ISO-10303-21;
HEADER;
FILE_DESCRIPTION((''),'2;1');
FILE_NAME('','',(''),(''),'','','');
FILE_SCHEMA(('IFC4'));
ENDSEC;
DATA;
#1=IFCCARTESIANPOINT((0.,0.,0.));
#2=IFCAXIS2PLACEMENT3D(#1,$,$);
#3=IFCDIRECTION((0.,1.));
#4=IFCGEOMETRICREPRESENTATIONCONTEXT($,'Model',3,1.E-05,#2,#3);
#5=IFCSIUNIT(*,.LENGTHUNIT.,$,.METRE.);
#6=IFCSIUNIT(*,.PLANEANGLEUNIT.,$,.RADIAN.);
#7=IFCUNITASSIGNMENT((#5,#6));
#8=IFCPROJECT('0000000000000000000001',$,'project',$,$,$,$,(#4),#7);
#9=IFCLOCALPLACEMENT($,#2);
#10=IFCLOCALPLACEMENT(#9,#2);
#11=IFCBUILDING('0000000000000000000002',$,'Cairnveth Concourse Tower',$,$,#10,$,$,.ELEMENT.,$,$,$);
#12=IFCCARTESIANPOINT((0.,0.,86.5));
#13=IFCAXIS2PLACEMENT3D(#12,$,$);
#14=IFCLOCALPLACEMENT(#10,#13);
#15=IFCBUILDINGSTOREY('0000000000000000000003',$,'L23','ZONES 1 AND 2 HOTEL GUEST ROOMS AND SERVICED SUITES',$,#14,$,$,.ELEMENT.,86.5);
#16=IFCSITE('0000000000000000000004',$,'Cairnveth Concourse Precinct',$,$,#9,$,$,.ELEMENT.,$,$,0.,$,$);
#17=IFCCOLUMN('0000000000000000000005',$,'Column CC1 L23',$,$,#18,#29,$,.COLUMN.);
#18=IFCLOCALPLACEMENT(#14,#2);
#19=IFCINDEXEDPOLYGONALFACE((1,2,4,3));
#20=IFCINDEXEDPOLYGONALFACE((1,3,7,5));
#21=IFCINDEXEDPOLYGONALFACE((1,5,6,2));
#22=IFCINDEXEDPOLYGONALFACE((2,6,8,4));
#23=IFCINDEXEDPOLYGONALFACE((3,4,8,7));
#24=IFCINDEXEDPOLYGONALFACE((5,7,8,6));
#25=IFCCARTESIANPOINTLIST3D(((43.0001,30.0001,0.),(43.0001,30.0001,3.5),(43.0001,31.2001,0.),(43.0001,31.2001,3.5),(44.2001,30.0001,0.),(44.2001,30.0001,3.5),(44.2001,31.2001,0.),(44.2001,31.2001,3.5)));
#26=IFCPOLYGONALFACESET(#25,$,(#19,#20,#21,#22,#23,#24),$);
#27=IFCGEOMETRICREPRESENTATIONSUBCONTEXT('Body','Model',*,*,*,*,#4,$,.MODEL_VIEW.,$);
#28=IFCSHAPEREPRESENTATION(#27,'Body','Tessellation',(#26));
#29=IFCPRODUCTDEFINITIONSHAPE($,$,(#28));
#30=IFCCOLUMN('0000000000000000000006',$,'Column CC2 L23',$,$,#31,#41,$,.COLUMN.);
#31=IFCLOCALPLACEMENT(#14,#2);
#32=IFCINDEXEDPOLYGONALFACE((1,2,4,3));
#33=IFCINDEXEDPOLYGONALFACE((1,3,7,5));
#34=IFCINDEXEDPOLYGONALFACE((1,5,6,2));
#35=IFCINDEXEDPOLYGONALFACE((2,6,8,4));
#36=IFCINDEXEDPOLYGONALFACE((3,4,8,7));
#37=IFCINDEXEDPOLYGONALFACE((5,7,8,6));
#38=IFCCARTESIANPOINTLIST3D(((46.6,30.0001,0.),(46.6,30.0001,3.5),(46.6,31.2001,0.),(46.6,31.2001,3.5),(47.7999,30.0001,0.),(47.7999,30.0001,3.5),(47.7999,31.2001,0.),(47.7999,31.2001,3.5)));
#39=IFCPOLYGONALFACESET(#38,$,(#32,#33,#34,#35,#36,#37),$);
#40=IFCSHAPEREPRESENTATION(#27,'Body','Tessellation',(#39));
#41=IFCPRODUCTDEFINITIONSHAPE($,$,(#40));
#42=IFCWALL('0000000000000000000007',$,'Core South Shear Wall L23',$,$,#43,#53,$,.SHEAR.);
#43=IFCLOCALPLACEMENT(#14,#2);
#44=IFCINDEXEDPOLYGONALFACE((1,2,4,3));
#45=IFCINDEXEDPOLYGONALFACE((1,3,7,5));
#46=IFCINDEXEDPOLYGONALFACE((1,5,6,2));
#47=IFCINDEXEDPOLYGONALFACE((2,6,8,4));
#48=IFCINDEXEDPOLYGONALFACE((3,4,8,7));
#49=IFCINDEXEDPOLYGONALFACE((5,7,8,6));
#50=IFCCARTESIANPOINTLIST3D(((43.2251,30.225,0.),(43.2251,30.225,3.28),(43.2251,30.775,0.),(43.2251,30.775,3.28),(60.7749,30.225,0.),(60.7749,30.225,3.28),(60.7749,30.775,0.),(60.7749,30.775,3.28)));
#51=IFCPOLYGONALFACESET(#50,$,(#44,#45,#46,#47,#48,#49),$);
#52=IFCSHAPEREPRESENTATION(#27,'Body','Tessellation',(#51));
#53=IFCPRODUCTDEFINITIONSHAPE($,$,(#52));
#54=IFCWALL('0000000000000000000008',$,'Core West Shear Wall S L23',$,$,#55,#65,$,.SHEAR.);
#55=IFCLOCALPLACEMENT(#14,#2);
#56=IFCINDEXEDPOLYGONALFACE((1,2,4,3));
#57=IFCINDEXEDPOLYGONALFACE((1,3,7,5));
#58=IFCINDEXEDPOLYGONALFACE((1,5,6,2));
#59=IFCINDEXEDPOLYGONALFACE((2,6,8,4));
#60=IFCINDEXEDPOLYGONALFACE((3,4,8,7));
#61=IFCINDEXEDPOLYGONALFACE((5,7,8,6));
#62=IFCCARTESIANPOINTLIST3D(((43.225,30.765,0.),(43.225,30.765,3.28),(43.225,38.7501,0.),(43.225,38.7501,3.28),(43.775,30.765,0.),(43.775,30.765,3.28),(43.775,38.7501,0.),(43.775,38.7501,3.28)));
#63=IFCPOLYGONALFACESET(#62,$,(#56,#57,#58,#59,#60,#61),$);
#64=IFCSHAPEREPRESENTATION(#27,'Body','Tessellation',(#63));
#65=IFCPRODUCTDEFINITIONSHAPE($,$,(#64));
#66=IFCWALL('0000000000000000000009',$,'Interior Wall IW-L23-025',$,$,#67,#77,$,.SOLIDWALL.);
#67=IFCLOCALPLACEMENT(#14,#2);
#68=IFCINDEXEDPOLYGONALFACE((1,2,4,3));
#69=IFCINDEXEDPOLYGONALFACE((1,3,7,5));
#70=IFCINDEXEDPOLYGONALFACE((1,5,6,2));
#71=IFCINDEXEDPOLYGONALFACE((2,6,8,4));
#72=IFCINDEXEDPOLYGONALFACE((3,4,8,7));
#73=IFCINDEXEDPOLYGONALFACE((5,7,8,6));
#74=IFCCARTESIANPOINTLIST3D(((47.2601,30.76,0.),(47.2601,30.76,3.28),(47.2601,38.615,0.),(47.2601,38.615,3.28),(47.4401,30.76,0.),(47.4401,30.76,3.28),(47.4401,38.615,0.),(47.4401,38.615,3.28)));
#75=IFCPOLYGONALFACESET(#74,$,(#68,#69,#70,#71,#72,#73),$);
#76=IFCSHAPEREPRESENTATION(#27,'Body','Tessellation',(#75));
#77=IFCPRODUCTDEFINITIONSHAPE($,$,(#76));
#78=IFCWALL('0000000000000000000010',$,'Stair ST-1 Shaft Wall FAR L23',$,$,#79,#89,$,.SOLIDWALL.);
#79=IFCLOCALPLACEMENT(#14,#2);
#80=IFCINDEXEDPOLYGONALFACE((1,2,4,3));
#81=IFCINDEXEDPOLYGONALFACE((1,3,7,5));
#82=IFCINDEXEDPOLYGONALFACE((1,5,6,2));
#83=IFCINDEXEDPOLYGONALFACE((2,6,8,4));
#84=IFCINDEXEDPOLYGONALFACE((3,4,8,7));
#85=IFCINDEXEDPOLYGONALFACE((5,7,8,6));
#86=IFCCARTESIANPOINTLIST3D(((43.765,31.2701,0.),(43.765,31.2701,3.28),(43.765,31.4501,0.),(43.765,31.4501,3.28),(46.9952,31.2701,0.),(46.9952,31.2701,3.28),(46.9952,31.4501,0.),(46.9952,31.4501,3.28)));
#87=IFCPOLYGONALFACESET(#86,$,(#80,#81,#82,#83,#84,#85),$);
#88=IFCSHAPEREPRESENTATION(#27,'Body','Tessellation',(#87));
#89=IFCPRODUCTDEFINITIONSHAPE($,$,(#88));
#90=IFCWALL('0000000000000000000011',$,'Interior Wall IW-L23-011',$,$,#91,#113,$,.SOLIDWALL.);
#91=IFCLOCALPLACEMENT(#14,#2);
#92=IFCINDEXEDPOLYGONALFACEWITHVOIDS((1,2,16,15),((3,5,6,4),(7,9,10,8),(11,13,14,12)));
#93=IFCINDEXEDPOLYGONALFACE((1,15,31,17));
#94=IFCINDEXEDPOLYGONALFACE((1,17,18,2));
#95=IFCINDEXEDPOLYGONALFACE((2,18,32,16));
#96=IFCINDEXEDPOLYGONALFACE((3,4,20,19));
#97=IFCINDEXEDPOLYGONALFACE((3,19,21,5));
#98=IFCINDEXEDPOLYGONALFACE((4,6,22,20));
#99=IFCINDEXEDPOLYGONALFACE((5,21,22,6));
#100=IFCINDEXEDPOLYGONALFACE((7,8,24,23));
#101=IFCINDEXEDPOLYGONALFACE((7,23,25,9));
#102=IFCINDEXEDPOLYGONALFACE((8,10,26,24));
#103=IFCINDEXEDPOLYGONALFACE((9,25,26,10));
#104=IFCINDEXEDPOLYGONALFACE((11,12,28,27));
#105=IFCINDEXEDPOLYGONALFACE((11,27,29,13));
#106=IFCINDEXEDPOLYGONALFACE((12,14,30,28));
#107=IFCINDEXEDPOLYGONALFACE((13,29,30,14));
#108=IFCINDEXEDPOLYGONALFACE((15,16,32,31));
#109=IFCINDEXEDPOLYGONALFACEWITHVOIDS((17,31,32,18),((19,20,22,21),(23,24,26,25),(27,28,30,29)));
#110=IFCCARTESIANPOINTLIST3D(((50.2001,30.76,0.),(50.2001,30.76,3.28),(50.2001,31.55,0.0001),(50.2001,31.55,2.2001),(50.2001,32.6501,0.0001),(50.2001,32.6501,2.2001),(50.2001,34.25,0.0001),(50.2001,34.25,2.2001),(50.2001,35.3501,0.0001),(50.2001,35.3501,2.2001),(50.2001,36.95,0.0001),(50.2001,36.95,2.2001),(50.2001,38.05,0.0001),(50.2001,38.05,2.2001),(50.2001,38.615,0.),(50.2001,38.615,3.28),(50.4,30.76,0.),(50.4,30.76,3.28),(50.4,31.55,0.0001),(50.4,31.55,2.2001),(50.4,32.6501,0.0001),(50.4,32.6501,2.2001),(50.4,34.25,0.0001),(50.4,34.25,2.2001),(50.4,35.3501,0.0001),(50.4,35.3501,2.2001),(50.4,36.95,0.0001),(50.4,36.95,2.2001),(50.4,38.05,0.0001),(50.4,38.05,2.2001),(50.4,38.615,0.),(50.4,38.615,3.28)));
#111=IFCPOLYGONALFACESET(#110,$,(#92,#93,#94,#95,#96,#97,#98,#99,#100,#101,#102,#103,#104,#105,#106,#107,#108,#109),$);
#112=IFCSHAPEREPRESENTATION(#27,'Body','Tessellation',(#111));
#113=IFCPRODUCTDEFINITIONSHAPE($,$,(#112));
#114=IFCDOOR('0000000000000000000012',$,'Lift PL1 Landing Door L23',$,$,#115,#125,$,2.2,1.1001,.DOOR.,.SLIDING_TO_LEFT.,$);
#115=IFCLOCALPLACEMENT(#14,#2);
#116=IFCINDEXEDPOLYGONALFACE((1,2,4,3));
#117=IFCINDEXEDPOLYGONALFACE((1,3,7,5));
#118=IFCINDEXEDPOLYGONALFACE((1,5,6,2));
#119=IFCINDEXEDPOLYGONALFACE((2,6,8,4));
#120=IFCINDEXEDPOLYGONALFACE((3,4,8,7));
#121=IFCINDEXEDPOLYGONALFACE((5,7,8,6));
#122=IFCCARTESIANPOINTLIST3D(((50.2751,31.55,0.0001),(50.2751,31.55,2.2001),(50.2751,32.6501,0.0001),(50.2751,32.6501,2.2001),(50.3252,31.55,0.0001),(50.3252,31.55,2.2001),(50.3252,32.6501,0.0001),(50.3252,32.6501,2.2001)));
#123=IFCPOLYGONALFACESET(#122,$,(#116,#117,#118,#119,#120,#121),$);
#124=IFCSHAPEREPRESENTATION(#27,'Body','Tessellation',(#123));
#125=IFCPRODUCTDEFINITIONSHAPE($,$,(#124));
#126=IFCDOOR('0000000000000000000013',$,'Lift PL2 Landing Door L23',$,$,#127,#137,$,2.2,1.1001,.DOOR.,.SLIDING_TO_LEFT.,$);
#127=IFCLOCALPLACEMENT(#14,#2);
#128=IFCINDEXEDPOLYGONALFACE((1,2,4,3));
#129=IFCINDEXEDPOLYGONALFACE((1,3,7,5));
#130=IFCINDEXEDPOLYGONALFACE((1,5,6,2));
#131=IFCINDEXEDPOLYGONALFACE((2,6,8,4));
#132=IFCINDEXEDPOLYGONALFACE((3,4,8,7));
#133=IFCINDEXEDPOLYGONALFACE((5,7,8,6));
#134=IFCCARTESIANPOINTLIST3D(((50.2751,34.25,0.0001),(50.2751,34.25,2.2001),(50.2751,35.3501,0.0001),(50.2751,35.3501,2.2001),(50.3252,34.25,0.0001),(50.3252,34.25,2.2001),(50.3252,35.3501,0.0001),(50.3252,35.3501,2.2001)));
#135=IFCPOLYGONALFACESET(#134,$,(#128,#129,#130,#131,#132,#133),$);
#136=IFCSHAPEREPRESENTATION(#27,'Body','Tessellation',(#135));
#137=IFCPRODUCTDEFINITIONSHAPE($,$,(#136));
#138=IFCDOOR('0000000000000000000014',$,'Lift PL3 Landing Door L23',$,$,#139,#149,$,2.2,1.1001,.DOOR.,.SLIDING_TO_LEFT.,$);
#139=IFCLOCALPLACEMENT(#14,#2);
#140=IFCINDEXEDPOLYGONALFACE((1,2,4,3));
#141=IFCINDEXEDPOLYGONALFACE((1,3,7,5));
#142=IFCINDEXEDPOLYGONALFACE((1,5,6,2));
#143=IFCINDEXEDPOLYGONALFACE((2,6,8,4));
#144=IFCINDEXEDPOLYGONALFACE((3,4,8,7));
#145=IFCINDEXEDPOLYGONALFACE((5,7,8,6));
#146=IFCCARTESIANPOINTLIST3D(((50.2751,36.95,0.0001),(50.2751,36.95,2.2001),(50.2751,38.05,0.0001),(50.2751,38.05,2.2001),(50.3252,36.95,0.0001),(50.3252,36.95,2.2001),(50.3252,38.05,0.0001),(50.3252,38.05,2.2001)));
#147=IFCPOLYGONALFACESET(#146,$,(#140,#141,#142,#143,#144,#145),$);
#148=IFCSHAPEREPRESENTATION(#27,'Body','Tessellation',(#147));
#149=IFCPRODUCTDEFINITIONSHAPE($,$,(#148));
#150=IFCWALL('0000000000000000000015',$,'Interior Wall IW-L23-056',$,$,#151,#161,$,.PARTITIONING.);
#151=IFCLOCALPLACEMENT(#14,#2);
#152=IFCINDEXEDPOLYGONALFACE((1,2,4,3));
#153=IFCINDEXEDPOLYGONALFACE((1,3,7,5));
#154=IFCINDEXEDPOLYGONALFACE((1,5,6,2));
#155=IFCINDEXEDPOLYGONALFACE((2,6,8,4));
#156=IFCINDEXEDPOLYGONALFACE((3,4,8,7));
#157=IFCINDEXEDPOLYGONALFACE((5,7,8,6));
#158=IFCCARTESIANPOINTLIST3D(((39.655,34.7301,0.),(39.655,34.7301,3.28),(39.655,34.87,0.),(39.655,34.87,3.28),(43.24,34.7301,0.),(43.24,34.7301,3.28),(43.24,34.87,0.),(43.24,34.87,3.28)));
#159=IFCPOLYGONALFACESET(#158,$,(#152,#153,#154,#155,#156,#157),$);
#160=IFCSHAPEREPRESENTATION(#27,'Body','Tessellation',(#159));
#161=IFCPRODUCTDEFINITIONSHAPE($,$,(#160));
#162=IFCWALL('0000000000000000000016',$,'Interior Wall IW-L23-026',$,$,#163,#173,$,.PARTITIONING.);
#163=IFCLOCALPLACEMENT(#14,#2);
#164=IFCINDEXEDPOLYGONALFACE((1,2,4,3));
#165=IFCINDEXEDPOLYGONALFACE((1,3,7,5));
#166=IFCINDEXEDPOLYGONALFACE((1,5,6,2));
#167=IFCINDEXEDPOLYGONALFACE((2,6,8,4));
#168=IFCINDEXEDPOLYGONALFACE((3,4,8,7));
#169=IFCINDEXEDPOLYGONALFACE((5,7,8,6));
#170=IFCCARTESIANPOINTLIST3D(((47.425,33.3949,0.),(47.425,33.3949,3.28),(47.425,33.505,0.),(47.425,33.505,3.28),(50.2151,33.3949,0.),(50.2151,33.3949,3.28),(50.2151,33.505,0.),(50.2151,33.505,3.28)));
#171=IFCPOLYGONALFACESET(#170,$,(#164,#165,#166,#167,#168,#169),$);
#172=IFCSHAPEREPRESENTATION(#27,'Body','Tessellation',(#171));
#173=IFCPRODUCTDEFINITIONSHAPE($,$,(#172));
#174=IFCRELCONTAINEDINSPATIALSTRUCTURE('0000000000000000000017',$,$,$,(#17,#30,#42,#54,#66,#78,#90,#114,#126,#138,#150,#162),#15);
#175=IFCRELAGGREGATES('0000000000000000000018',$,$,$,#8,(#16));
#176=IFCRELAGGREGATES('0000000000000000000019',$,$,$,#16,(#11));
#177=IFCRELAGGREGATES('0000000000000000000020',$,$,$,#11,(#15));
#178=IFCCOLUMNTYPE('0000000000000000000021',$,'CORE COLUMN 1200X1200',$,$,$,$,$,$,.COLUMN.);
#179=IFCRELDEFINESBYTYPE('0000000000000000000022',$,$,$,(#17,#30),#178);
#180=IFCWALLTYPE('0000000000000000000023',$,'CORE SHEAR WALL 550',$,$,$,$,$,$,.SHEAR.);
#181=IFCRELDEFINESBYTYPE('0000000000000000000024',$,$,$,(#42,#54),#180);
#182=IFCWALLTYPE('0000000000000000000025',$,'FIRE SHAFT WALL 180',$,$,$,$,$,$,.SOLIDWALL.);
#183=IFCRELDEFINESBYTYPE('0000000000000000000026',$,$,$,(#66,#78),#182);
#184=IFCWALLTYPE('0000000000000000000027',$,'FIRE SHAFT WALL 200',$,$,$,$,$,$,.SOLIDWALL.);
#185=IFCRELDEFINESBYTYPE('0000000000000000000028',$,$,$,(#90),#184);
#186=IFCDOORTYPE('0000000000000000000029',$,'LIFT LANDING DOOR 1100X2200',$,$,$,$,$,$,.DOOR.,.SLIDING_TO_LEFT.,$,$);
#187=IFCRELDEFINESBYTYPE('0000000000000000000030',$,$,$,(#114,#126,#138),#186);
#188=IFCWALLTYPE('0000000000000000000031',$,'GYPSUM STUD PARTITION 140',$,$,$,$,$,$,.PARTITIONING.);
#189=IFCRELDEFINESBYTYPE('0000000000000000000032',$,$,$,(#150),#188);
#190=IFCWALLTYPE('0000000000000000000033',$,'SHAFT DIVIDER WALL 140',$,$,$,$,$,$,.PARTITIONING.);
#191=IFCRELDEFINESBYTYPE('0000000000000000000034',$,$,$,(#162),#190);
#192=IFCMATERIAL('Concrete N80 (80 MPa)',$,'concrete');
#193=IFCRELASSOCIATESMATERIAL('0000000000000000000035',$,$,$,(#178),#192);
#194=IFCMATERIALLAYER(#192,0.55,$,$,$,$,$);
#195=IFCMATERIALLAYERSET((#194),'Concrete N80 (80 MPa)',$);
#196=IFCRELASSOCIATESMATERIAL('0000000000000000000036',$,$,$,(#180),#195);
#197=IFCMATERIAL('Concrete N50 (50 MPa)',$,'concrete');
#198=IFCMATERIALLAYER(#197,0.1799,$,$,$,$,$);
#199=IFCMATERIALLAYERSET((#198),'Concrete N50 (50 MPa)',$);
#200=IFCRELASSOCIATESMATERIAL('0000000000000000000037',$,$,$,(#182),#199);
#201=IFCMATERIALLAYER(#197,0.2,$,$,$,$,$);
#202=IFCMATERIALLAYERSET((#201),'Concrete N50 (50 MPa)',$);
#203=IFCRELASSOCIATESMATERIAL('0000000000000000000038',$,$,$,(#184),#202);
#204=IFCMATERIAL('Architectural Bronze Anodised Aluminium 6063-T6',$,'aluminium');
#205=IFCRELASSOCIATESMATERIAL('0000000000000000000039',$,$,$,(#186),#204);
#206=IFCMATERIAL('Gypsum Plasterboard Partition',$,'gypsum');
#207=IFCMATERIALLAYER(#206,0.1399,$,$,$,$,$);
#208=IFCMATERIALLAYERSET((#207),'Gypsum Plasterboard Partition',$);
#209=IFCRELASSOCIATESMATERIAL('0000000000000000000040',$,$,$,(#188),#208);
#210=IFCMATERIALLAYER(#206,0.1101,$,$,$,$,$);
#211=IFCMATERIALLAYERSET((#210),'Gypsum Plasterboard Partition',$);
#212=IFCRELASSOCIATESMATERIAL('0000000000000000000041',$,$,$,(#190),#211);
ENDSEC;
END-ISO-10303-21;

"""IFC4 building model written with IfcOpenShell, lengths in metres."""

from ifc_helpers import new_model, si_unit, direction, frame, frame_2d, origin, origin_2d, place, context, subcontext, project, spatial, rectangle, extrude, material, layer, layer_set, material_profile, profile_set, type_object, element, fill, save


model = new_model("IFC4")

# Units and contexts
model_context = context("Model", 3, precision=1e-05, world=origin(), true_north=direction((0.0, 1.0)))
body_context = subcontext(model_context, "Body", "Model", "MODEL_VIEW")
ifc_project = project(units=[si_unit("LENGTHUNIT", "METRE"), si_unit("PLANEANGLEUNIT", "RADIAN")], contexts=[model_context])

# Site, building, storey
site_placement = place(None, origin())
site = spatial("IfcSite", under=ifc_project, at=site_placement, Name="Cairnveth Concourse Precinct", CompositionType="ELEMENT", RefElevation=0.0)
building_placement = place(site_placement, origin())
building = spatial("IfcBuilding", under=site, at=building_placement, Name="Cairnveth Concourse Tower", CompositionType="ELEMENT")
storey_placement = place(building_placement, frame((0.0, 0.0, 86.5)))
storey = spatial("IfcBuildingStorey", under=building, at=storey_placement, Name="L23", Description="ZONES 1 AND 2 HOTEL GUEST ROOMS AND SERVICED SUITES", CompositionType="ELEMENT", Elevation=86.5)

# Columns
ifc_material_1 = material(Name="Concrete N80 (80 MPa)", Category="concrete")
ifc_material_profile = material_profile(ifc_material_1, rectangle(XDim=1.2, YDim=1.2, at=origin_2d()), Name="RC-COL-1200x1200")
ifc_profile_set = profile_set([ifc_material_profile], Name="Concrete N80 (80 MPa)")
column_type = type_object("IfcColumnType", Name="CORE COLUMN 1200X1200", PredefinedType="COLUMN", material=ifc_profile_set)
for number, where, z_axis, x_axis, name in (
    (1, (43.6001, 30.6001, 0.0), (0.0, 0.0, 1.0), (1.0, 0.0, 0.0), "Column CC1 L23"),
    (2, (47.2, 30.6001, 0.0), (0.0, 0.0, 1.0), (1.0, 0.0, 0.0), "Column CC2 L23"),
):
    element("IfcColumn", number, at=place(storey_placement, frame(where, z_axis=z_axis, x_axis=x_axis)), inside=storey, type_object=column_type, Name=name, PredefinedType="COLUMN", context=body_context, shape_type="SweptSolid", body=[
        extrude(rectangle(XDim=1.2, YDim=1.2, at=origin_2d()), origin(), (0.0, 0.0, 1.0), 3.5),
    ])

# Walls
ifc_layer_1 = layer(ifc_material_1, 0.55)
ifc_layer_set_1 = layer_set([ifc_layer_1], Name="Concrete N80 (80 MPa)")
wall_type_1 = type_object("IfcWallType", Name="CORE SHEAR WALL 550", PredefinedType="SHEAR", material=ifc_layer_set_1)
wall_1_placement = place(storey_placement, frame((43.2251, 30.5, 0.0), z_axis=(0.0, 0.0, 1.0), x_axis=(1.0, 0.0, 0.0)))
element("IfcWall", 3, at=wall_1_placement, inside=storey, type_object=wall_type_1, Name="Core South Shear Wall L23", PredefinedType="SHEAR", context=body_context, shape_type="SweptSolid", body=[
    extrude(rectangle(XDim=17.5498, YDim=0.55, at=frame_2d((8.7749, 0.0))), origin(), (0.0, 0.0, 1.0), 3.28),
])
wall_2_placement = place(storey_placement, frame((43.5, 30.7649, 0.0), z_axis=(0.0, 0.0, 1.0), x_axis=(0.0, 1.0, 0.0)))
element("IfcWall", 4, at=wall_2_placement, inside=storey, type_object=wall_type_1, Name="Core West Shear Wall S L23", PredefinedType="SHEAR", context=body_context, shape_type="SweptSolid", body=[
    extrude(rectangle(XDim=7.9851, YDim=0.55, at=frame_2d((3.9927, 0.0))), origin(), (0.0, 0.0, 1.0), 3.28),
])
ifc_material_2 = material(Name="Concrete N50 (50 MPa)", Category="concrete")
ifc_layer_2 = layer(ifc_material_2, 0.1799)
ifc_layer_set_2 = layer_set([ifc_layer_2], Name="Concrete N50 (50 MPa)")
wall_type_2 = type_object("IfcWallType", Name="FIRE SHAFT WALL 180", PredefinedType="SOLIDWALL", material=ifc_layer_set_2)
wall_3_placement = place(storey_placement, frame((47.3501, 30.76, 0.0), z_axis=(0.0, 0.0, 1.0), x_axis=(0.0, 1.0, 0.0)))
element("IfcWall", 5, at=wall_3_placement, inside=storey, type_object=wall_type_2, Name="Interior Wall IW-L23-025", PredefinedType="SOLIDWALL", context=body_context, shape_type="SweptSolid", body=[
    extrude(rectangle(XDim=7.855, YDim=0.1799, at=frame_2d((3.9275, 0.0))), origin(), (0.0, 0.0, 1.0), 3.28),
])
wall_4_placement = place(storey_placement, frame((43.7649, 31.3601, 0.0), z_axis=(0.0, 0.0, 1.0), x_axis=(1.0, 0.0, 0.0)))
element("IfcWall", 6, at=wall_4_placement, inside=storey, type_object=wall_type_2, Name="Stair ST-1 Shaft Wall FAR L23", PredefinedType="SOLIDWALL", context=body_context, shape_type="SweptSolid", body=[
    extrude(rectangle(XDim=3.2302, YDim=0.1799, at=frame_2d((1.6152, 0.0))), origin(), (0.0, 0.0, 1.0), 3.28),
])

# Wall, openings, doors
ifc_layer_3 = layer(ifc_material_2, 0.2)
ifc_layer_set_3 = layer_set([ifc_layer_3], Name="Concrete N50 (50 MPa)")
wall_type_3 = type_object("IfcWallType", Name="FIRE SHAFT WALL 200", PredefinedType="SOLIDWALL", material=ifc_layer_set_3)
wall_5_placement = place(storey_placement, frame((50.3, 30.76, 0.0), z_axis=(0.0, 0.0, 1.0), x_axis=(0.0, 1.0, 0.0)))
wall_5 = element("IfcWall", 7, at=wall_5_placement, inside=storey, type_object=wall_type_3, Name="Interior Wall IW-L23-011", PredefinedType="SOLIDWALL", context=body_context, shape_type="SweptSolid", body=[
    extrude(rectangle(XDim=7.855, YDim=0.2, at=frame_2d((3.9275, 0.0))), origin(), (0.0, 0.0, 1.0), 3.28),
])
opening_1_placement = place(wall_5_placement, frame((0.79, 0.0, 0.0)))
opening_1 = element("IfcOpeningElement", 8, at=opening_1_placement, cuts=wall_5, PredefinedType="OPENING", context=body_context, shape_type="SweptSolid", body=[
    extrude(rectangle(XDim=1.1001, YDim=2.2, at=frame_2d((0.55, 1.1001))), frame((0.0, 0.1099, 0.0), z_axis=(0.0, -1.0, 0.0), x_axis=(1.0, 0.0, 0.0)), (0.0, 0.0, 1.0), 0.22),
])
opening_2_placement = place(wall_5_placement, frame((3.49, 0.0, 0.0)))
opening_2 = element("IfcOpeningElement", 9, at=opening_2_placement, cuts=wall_5, PredefinedType="OPENING", context=body_context, shape_type="SweptSolid", body=[
    extrude(rectangle(XDim=1.1001, YDim=2.2, at=frame_2d((0.55, 1.1001))), frame((0.0, 0.1099, 0.0), z_axis=(0.0, -1.0, 0.0), x_axis=(1.0, 0.0, 0.0)), (0.0, 0.0, 1.0), 0.22),
])
opening_3_placement = place(wall_5_placement, frame((6.1899, 0.0, 0.0)))
opening_3 = element("IfcOpeningElement", 10, at=opening_3_placement, cuts=wall_5, PredefinedType="OPENING", context=body_context, shape_type="SweptSolid", body=[
    extrude(rectangle(XDim=1.1001, YDim=2.2, at=frame_2d((0.55, 1.1001))), frame((0.0, 0.1099, 0.0), z_axis=(0.0, -1.0, 0.0), x_axis=(1.0, 0.0, 0.0)), (0.0, 0.0, 1.0), 0.22),
])
ifc_material_3 = material(Name="Architectural Bronze Anodised Aluminium 6063-T6", Category="aluminium")
door_type = type_object("IfcDoorType", Name="LIFT LANDING DOOR 1100X2200", OperationType="SLIDING_TO_LEFT", PredefinedType="DOOR", material=ifc_material_3)
door_1_placement = place(opening_1_placement, origin())
door_1 = element("IfcDoor", 11, at=door_1_placement, inside=storey, type_object=door_type, Name="Lift PL1 Landing Door L23", OperationType="SLIDING_TO_LEFT", OverallHeight=2.2, OverallWidth=1.1001, PredefinedType="DOOR", context=body_context, shape_type="SweptSolid", body=[
    extrude(rectangle(XDim=1.1001, YDim=2.2, at=frame_2d((0.55, 1.1001))), frame((0.0, 0.0249, 0.0), z_axis=(0.0, -1.0, 0.0), x_axis=(1.0, 0.0, 0.0)), (0.0, 0.0, 1.0), 0.05),
])
fill(opening_1, door_1)
door_2_placement = place(opening_2_placement, origin())
door_2 = element("IfcDoor", 12, at=door_2_placement, inside=storey, type_object=door_type, Name="Lift PL2 Landing Door L23", OperationType="SLIDING_TO_LEFT", OverallHeight=2.2, OverallWidth=1.1001, PredefinedType="DOOR", context=body_context, shape_type="SweptSolid", body=[
    extrude(rectangle(XDim=1.1001, YDim=2.2, at=frame_2d((0.55, 1.1001))), frame((0.0, 0.0249, 0.0), z_axis=(0.0, -1.0, 0.0), x_axis=(1.0, 0.0, 0.0)), (0.0, 0.0, 1.0), 0.05),
])
fill(opening_2, door_2)
door_3_placement = place(opening_3_placement, origin())
door_3 = element("IfcDoor", 13, at=door_3_placement, inside=storey, type_object=door_type, Name="Lift PL3 Landing Door L23", OperationType="SLIDING_TO_LEFT", OverallHeight=2.2, OverallWidth=1.1001, PredefinedType="DOOR", context=body_context, shape_type="SweptSolid", body=[
    extrude(rectangle(XDim=1.1001, YDim=2.2, at=frame_2d((0.55, 1.1001))), frame((0.0, 0.0249, 0.0), z_axis=(0.0, -1.0, 0.0), x_axis=(1.0, 0.0, 0.0)), (0.0, 0.0, 1.0), 0.05),
])
fill(opening_3, door_3)

# Walls
ifc_material_4 = material(Name="Gypsum Plasterboard Partition", Category="gypsum")
ifc_layer_4 = layer(ifc_material_4, 0.1399)
ifc_layer_set_4 = layer_set([ifc_layer_4], Name="Gypsum Plasterboard Partition")
wall_type_4 = type_object("IfcWallType", Name="GYPSUM STUD PARTITION 140", PredefinedType="PARTITIONING", material=ifc_layer_set_4)
wall_6_placement = place(storey_placement, frame((39.655, 34.8, 0.0), z_axis=(0.0, 0.0, 1.0), x_axis=(1.0, 0.0, 0.0)))
element("IfcWall", 14, at=wall_6_placement, inside=storey, type_object=wall_type_4, Name="Interior Wall IW-L23-056", PredefinedType="PARTITIONING", context=body_context, shape_type="SweptSolid", body=[
    extrude(rectangle(XDim=3.585, YDim=0.1399, at=frame_2d((1.7925, 0.0))), origin(), (0.0, 0.0, 1.0), 3.28),
])
ifc_layer_5 = layer(ifc_material_4, 0.1101)
ifc_layer_set_5 = layer_set([ifc_layer_5], Name="Gypsum Plasterboard Partition")
wall_type_5 = type_object("IfcWallType", Name="SHAFT DIVIDER WALL 140", PredefinedType="PARTITIONING", material=ifc_layer_set_5)
for number, where, z_axis, x_axis, name in (
    (15, (47.425, 33.45, 0.0), (0.0, 0.0, 1.0), (1.0, 0.0, 0.0), "Interior Wall IW-L23-026"),
):
    element("IfcWall", number, at=place(storey_placement, frame(where, z_axis=z_axis, x_axis=x_axis)), inside=storey, type_object=wall_type_5, Name=name, PredefinedType="PARTITIONING", context=body_context, shape_type="SweptSolid", body=[
        extrude(rectangle(XDim=2.79, YDim=0.1101, at=frame_2d((1.395, 0.0))), origin(), (0.0, 0.0, 1.0), 3.28),
    ])

save(model, "model.ifc")
